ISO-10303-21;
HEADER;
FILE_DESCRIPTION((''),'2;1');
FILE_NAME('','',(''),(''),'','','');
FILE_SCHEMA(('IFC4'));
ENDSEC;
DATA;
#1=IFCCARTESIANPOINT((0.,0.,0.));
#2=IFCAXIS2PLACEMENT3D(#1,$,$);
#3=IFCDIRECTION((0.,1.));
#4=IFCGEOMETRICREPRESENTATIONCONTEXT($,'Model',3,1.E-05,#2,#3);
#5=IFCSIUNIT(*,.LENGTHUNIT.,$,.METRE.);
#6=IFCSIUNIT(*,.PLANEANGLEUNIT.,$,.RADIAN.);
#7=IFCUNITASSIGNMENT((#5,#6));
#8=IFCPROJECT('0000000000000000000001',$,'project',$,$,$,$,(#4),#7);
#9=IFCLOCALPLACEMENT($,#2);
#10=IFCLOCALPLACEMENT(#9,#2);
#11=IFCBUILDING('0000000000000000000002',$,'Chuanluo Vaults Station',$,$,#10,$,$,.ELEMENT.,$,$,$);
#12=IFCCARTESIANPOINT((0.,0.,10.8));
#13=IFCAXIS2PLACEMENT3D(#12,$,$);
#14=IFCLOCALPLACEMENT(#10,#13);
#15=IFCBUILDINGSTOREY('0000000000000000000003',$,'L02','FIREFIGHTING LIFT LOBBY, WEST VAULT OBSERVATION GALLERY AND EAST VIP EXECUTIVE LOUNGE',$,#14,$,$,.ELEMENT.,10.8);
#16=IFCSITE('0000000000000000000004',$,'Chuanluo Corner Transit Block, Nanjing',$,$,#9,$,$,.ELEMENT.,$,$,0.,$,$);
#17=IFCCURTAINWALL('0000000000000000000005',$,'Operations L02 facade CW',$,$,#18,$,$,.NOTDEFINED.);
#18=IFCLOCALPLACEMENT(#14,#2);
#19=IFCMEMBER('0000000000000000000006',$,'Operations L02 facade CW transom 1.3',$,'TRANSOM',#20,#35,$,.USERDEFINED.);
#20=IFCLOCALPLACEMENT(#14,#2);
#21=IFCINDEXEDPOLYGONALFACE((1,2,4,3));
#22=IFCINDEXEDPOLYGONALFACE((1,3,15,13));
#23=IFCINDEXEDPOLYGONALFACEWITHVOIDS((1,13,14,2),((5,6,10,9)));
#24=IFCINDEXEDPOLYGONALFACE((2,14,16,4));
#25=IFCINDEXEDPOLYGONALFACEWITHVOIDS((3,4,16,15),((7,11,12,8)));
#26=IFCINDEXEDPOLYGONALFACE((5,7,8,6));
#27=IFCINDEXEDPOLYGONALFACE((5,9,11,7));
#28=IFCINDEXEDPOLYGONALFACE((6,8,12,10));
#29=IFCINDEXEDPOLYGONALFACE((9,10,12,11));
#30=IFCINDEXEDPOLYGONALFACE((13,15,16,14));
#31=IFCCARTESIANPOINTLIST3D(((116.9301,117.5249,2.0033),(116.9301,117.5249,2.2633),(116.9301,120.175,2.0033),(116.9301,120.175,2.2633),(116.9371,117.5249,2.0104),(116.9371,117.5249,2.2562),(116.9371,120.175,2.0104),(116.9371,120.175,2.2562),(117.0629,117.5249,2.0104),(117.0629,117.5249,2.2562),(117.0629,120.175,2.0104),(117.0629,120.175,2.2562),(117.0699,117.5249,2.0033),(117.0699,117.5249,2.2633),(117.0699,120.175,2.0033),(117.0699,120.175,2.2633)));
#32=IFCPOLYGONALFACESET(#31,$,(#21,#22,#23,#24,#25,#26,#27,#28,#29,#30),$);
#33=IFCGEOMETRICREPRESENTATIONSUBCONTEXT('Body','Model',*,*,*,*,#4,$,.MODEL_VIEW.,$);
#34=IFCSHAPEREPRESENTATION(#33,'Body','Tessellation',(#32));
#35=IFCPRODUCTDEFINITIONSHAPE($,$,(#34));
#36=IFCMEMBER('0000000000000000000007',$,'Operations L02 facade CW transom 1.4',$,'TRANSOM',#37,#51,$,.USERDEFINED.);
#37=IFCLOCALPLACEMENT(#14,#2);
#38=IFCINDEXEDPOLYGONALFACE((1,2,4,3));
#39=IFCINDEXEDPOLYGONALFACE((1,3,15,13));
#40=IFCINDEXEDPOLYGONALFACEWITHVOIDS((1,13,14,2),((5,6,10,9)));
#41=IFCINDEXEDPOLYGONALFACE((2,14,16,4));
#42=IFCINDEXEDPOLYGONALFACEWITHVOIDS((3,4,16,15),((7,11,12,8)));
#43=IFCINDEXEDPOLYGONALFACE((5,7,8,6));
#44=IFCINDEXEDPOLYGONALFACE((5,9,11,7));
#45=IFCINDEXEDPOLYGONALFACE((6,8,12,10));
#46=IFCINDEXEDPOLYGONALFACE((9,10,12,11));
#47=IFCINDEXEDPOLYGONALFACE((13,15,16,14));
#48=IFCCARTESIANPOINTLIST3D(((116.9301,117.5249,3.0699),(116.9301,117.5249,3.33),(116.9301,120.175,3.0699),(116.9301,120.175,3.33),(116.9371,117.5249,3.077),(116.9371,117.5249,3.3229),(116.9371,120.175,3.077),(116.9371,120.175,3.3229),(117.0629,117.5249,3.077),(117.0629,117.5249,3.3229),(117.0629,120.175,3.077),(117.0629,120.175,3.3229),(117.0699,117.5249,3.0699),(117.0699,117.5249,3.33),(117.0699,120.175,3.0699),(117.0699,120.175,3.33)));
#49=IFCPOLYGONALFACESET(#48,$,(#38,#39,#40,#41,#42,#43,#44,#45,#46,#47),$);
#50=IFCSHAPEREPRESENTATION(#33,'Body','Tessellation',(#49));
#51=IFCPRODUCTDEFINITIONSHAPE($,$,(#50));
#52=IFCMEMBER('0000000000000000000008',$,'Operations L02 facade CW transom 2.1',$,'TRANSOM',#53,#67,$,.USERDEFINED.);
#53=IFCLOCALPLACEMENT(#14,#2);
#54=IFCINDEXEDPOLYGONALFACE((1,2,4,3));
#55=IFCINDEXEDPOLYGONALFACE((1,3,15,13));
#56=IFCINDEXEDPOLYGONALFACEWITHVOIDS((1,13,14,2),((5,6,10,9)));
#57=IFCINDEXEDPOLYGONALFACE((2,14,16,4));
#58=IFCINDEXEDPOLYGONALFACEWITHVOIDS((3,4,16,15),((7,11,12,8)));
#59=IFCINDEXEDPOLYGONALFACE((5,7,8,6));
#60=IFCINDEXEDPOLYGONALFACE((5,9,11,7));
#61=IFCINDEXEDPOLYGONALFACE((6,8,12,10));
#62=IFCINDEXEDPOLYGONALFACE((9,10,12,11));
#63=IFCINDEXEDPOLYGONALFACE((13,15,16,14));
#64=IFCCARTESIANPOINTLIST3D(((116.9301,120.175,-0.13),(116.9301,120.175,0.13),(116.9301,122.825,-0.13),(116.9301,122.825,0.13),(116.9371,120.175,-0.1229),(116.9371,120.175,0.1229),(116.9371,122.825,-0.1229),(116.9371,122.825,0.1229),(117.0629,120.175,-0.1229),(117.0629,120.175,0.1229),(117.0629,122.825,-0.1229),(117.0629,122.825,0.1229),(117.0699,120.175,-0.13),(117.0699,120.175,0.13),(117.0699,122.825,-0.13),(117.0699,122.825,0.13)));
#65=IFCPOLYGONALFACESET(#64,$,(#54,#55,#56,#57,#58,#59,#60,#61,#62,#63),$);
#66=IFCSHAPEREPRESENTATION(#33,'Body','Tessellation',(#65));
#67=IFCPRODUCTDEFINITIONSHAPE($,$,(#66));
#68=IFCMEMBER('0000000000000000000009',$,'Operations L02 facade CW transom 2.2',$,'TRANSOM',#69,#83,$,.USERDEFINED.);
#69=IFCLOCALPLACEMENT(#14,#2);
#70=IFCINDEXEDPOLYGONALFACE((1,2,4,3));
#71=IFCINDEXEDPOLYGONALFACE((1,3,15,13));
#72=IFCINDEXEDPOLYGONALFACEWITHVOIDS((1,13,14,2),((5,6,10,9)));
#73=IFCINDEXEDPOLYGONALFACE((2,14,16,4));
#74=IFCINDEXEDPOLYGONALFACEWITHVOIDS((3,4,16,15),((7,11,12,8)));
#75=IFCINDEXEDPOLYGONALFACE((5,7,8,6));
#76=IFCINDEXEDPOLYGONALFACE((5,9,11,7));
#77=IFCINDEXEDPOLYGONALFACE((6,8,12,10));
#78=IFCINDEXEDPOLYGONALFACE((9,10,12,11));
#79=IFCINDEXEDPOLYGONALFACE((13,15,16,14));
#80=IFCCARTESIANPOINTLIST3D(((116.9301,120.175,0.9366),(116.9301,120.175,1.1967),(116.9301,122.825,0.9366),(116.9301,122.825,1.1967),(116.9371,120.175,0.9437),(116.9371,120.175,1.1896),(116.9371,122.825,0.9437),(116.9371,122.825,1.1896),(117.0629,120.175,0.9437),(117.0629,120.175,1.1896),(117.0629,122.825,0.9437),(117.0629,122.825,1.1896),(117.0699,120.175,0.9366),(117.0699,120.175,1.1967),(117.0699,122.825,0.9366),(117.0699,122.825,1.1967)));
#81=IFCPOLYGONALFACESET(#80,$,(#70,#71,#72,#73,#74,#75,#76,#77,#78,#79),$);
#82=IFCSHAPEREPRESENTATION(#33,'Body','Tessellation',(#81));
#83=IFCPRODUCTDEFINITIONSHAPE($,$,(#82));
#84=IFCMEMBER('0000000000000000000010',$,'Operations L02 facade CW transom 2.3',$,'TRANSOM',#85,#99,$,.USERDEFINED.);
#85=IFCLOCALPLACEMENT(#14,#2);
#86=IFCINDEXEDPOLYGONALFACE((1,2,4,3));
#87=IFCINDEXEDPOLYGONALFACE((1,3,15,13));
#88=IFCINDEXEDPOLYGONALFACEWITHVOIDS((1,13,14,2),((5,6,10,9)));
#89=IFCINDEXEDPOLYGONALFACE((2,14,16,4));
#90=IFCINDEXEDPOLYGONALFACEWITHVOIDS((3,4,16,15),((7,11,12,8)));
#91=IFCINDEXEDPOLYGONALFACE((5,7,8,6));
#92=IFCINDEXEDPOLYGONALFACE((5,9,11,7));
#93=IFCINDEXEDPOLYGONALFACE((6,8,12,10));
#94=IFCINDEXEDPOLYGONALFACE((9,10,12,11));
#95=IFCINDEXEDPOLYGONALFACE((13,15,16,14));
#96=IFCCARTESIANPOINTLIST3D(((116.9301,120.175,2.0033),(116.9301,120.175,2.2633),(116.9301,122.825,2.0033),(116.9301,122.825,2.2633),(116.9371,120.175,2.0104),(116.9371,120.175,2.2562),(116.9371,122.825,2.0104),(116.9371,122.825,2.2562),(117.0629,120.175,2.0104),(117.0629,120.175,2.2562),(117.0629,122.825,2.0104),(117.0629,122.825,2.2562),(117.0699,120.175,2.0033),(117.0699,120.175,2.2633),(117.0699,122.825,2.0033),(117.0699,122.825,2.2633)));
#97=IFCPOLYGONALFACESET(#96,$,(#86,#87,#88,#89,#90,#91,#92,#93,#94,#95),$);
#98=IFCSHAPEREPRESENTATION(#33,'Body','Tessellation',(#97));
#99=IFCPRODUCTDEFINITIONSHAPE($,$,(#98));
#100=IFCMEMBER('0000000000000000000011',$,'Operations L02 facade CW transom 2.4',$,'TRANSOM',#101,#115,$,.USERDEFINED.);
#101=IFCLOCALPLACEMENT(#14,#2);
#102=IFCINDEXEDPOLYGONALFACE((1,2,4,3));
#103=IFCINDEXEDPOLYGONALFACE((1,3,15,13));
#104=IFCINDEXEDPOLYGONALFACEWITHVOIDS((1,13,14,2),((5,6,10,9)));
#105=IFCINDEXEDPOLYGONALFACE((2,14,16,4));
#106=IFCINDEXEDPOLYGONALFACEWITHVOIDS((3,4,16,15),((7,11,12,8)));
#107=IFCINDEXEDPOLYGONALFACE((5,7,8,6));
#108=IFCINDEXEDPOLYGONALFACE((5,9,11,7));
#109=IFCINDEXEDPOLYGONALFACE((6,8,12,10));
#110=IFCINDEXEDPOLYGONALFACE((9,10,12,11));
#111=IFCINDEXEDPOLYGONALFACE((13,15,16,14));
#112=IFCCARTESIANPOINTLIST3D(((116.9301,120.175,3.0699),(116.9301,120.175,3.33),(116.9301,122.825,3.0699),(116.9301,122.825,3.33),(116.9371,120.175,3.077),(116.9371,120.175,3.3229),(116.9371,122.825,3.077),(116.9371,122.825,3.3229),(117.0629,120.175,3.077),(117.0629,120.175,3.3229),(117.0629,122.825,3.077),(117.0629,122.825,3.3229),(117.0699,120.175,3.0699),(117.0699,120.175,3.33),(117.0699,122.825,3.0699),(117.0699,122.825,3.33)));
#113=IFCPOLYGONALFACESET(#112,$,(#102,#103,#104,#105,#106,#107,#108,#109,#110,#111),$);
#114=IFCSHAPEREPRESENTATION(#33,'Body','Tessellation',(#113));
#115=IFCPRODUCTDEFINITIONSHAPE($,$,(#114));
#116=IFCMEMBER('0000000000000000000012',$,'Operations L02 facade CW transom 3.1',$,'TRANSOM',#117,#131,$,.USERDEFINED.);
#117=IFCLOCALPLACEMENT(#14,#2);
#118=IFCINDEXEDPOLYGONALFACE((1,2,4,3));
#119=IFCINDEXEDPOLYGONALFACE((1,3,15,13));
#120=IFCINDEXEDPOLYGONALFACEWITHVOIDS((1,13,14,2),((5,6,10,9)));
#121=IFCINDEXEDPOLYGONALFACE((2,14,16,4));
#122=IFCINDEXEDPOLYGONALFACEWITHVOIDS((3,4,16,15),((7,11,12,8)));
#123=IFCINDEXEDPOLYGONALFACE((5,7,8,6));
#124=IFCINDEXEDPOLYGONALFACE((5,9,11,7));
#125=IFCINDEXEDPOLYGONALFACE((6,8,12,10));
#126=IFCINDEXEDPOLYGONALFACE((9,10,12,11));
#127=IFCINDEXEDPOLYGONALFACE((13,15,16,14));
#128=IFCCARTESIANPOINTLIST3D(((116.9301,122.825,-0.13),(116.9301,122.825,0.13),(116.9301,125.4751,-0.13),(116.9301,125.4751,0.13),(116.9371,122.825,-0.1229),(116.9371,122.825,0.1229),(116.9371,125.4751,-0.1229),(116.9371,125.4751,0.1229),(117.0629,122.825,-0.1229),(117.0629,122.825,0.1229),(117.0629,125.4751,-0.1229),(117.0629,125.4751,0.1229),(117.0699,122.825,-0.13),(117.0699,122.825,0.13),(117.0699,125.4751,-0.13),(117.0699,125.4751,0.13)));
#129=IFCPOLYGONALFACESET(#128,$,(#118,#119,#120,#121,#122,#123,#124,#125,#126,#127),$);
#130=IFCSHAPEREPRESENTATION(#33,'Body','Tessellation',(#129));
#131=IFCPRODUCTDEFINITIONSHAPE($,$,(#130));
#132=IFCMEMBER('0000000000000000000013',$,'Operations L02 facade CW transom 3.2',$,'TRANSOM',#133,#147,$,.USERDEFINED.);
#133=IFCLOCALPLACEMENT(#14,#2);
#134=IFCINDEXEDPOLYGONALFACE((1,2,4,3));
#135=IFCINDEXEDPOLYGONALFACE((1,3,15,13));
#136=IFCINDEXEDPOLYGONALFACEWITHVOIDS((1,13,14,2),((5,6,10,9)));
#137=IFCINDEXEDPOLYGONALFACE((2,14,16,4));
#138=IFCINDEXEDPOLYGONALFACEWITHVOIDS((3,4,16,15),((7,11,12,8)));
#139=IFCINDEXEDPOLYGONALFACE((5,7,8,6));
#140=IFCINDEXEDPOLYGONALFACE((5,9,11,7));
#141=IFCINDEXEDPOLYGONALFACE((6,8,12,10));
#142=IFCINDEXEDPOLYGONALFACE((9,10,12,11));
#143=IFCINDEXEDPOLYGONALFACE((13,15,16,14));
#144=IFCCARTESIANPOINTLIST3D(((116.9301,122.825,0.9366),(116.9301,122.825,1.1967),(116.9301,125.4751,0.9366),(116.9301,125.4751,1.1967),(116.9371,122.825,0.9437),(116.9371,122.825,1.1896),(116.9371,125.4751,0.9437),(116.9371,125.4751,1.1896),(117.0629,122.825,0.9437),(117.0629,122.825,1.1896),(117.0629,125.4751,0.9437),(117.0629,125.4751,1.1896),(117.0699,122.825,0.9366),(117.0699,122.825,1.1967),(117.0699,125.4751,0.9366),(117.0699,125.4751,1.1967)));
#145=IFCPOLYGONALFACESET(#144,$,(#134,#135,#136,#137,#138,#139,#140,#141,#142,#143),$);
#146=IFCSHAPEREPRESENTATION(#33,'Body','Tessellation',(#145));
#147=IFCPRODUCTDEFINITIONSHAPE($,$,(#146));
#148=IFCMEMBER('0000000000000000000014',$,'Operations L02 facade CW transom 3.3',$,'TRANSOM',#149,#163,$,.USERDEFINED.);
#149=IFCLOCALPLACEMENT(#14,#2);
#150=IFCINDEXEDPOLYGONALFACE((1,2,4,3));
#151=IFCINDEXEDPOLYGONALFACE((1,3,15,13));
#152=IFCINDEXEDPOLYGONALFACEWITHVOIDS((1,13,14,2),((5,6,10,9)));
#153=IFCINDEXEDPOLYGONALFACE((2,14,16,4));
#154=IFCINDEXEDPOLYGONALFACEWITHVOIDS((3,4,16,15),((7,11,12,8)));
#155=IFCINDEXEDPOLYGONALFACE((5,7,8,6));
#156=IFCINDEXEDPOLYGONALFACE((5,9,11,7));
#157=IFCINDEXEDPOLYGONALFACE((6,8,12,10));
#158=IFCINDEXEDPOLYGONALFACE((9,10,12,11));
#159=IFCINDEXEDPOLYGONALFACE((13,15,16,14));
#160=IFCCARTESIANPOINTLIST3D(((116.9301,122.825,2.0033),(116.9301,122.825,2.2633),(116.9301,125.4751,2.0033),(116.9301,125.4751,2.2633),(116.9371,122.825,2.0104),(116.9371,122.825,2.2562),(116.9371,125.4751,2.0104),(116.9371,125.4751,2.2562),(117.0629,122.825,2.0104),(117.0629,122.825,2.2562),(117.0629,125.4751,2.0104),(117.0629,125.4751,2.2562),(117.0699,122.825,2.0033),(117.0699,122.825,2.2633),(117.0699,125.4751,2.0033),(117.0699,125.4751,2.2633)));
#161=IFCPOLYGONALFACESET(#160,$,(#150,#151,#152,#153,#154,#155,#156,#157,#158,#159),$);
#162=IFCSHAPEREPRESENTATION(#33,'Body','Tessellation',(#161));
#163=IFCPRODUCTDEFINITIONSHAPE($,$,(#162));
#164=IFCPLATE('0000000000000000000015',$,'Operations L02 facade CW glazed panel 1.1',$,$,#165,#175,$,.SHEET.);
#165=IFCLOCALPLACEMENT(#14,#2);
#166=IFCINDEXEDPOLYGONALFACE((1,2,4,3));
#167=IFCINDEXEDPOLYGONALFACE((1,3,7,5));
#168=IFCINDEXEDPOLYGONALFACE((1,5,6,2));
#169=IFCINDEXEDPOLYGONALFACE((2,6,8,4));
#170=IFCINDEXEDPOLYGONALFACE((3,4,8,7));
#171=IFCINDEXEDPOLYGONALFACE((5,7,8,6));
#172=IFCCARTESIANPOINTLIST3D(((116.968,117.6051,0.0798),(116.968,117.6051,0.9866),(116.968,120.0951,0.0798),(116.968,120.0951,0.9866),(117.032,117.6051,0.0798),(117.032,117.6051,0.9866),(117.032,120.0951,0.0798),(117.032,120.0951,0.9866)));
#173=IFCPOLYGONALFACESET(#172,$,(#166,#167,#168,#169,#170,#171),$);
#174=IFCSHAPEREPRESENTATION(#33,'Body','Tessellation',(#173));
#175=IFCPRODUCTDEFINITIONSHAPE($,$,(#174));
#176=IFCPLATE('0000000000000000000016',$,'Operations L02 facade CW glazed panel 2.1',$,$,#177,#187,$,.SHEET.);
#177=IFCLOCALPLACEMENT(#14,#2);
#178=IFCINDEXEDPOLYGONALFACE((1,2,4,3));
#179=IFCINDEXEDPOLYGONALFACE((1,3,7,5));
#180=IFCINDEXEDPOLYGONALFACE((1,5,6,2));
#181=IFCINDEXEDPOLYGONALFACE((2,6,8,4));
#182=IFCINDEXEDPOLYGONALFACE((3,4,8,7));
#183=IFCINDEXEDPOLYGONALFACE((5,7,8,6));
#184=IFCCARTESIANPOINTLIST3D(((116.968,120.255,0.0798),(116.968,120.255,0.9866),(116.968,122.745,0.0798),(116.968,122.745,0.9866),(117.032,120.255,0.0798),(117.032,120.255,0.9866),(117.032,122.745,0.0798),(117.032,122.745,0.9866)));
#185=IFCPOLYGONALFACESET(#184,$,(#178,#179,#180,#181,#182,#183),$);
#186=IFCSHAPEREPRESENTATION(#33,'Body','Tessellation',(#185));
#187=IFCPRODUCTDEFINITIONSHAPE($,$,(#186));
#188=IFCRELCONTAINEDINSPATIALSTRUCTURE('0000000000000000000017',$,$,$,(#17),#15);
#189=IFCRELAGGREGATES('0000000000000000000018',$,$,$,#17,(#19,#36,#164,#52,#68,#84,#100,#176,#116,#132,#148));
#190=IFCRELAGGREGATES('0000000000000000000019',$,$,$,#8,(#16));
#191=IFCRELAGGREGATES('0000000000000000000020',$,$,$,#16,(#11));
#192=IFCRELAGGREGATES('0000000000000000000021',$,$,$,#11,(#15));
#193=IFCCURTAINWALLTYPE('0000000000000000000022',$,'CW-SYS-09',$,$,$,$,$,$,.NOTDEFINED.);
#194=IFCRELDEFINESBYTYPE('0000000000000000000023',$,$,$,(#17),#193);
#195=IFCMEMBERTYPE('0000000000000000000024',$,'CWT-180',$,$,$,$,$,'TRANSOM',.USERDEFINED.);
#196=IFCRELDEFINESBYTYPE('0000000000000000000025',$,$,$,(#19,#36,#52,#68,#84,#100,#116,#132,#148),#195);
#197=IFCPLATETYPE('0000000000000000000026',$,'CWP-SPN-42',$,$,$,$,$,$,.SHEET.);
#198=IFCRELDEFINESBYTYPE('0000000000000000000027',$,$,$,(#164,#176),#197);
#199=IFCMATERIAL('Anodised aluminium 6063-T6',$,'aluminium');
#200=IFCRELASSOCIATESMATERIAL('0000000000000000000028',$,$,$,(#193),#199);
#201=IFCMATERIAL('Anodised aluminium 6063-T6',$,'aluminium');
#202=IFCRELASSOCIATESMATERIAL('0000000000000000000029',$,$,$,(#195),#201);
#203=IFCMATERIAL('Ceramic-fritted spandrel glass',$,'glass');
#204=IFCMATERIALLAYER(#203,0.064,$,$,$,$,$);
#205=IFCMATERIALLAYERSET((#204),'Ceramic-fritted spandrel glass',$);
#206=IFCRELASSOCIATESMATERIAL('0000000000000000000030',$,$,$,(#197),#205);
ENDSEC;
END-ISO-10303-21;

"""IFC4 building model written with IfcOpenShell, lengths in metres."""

from ifc_helpers import new_model, si_unit, direction, frame, origin, origin_2d, place, context, subcontext, project, spatial, rectangle, hollow_rectangle, extrude, material, layer, layer_set, material_profile, profile_set, type_object, element, aggregate, save


model = new_model("IFC4")

# Units and contexts
model_context = context("Model", 3, precision=1e-05, world=origin(), true_north=direction((0.0, 1.0)))
body_context = subcontext(model_context, "Body", "Model", "MODEL_VIEW")
ifc_project = project(units=[si_unit("LENGTHUNIT", "METRE"), si_unit("PLANEANGLEUNIT", "RADIAN")], contexts=[model_context])

# Site, building, storey
site_placement = place(None, origin())
site = spatial("IfcSite", under=ifc_project, at=site_placement, Name="Chuanluo Corner Transit Block, Nanjing", CompositionType="ELEMENT", RefElevation=0.0)
building_placement = place(site_placement, origin())
building = spatial("IfcBuilding", under=site, at=building_placement, Name="Chuanluo Vaults Station", CompositionType="ELEMENT")
storey_placement = place(building_placement, frame((0.0, 0.0, 10.8)))
storey = spatial("IfcBuildingStorey", under=building, at=storey_placement, Name="L02", Description="FIREFIGHTING LIFT LOBBY, WEST VAULT OBSERVATION GALLERY AND EAST VIP EXECUTIVE LOUNGE", CompositionType="ELEMENT", Elevation=10.8)

# Curtain wall, members, plates
ifc_material_1 = material(Name="Anodised aluminium 6063-T6", Category="aluminium")
curtain_wall_type = type_object("IfcCurtainWallType", Name="CW-SYS-09", PredefinedType="NOTDEFINED", material=ifc_material_1)
curtain_wall_placement = place(storey_placement, origin())
curtain_wall = element("IfcCurtainWall", 1, at=curtain_wall_placement, inside=storey, type_object=curtain_wall_type, Name="Operations L02 facade CW", PredefinedType="NOTDEFINED")
ifc_material_2 = material(Name="Anodised aluminium 6063-T6", Category="aluminium")
ifc_material_profile_1 = material_profile(ifc_material_2, hollow_rectangle(XDim=0.1399, YDim=0.26, WallThickness=0.0071, at=origin_2d()))
ifc_profile_set_1 = profile_set([ifc_material_profile_1], Name="Anodised aluminium 6063-T6")
member_type_1 = type_object("IfcMemberType", Name="CWT-180", ElementType="TRANSOM", PredefinedType="USERDEFINED", material=ifc_profile_set_1)
member_1_placement = place(storey_placement, frame((117.0, 117.5249, 2.1333), z_axis=(0.0, 1.0, 0.0), x_axis=(-1.0, 0.0, 0.0)))
member_1 = element("IfcMember", 2, at=member_1_placement, type_object=member_type_1, Name="Operations L02 facade CW transom 1.3", ObjectType="TRANSOM", PredefinedType="USERDEFINED", context=body_context, shape_type="SweptSolid", body=[
    extrude(hollow_rectangle(XDim=0.1399, YDim=0.26, WallThickness=0.0071, at=origin_2d()), origin(), (0.0, 0.0, 1.0), 2.6501),
])
member_2_placement = place(storey_placement, frame((117.0, 117.5249, 3.2), z_axis=(0.0, 1.0, 0.0), x_axis=(-1.0, 0.0, 0.0)))
member_2 = element("IfcMember", 3, at=member_2_placement, type_object=member_type_1, Name="Operations L02 facade CW transom 1.4", ObjectType="TRANSOM", PredefinedType="USERDEFINED", context=body_context, shape_type="SweptSolid", body=[
    extrude(hollow_rectangle(XDim=0.1399, YDim=0.26, WallThickness=0.0071, at=origin_2d()), origin(), (0.0, 0.0, 1.0), 2.6501),
])
member_3_placement = place(storey_placement, frame((117.0, 120.175, 0.0), z_axis=(0.0, 1.0, 0.0), x_axis=(-1.0, 0.0, 0.0)))
member_3 = element("IfcMember", 4, at=member_3_placement, type_object=member_type_1, Name="Operations L02 facade CW transom 2.1", ObjectType="TRANSOM", PredefinedType="USERDEFINED", context=body_context, shape_type="SweptSolid", body=[
    extrude(hollow_rectangle(XDim=0.1399, YDim=0.26, WallThickness=0.0071, at=origin_2d()), origin(), (0.0, 0.0, 1.0), 2.6499),
])
member_4_placement = place(storey_placement, frame((117.0, 120.175, 1.0667), z_axis=(0.0, 1.0, 0.0), x_axis=(-1.0, 0.0, 0.0)))
member_4 = element("IfcMember", 5, at=member_4_placement, type_object=member_type_1, Name="Operations L02 facade CW transom 2.2", ObjectType="TRANSOM", PredefinedType="USERDEFINED", context=body_context, shape_type="SweptSolid", body=[
    extrude(hollow_rectangle(XDim=0.1399, YDim=0.26, WallThickness=0.0071, at=origin_2d()), origin(), (0.0, 0.0, 1.0), 2.6499),
])
member_5_placement = place(storey_placement, frame((117.0, 120.175, 2.1333), z_axis=(0.0, 1.0, 0.0), x_axis=(-1.0, 0.0, 0.0)))
member_5 = element("IfcMember", 6, at=member_5_placement, type_object=member_type_1, Name="Operations L02 facade CW transom 2.3", ObjectType="TRANSOM", PredefinedType="USERDEFINED", context=body_context, shape_type="SweptSolid", body=[
    extrude(hollow_rectangle(XDim=0.1399, YDim=0.26, WallThickness=0.0071, at=origin_2d()), origin(), (0.0, 0.0, 1.0), 2.6499),
])
member_6_placement = place(storey_placement, frame((117.0, 120.175, 3.2), z_axis=(0.0, 1.0, 0.0), x_axis=(-1.0, 0.0, 0.0)))
member_6 = element("IfcMember", 7, at=member_6_placement, type_object=member_type_1, Name="Operations L02 facade CW transom 2.4", ObjectType="TRANSOM", PredefinedType="USERDEFINED", context=body_context, shape_type="SweptSolid", body=[
    extrude(hollow_rectangle(XDim=0.1399, YDim=0.26, WallThickness=0.0071, at=origin_2d()), origin(), (0.0, 0.0, 1.0), 2.6499),
])
member_7_placement = place(storey_placement, frame((117.0, 122.825, 0.0), z_axis=(0.0, 1.0, 0.0), x_axis=(-1.0, 0.0, 0.0)))
member_7 = element("IfcMember", 8, at=member_7_placement, type_object=member_type_1, Name="Operations L02 facade CW transom 3.1", ObjectType="TRANSOM", PredefinedType="USERDEFINED", context=body_context, shape_type="SweptSolid", body=[
    extrude(hollow_rectangle(XDim=0.1399, YDim=0.26, WallThickness=0.0071, at=origin_2d()), origin(), (0.0, 0.0, 1.0), 2.6501),
])
member_8_placement = place(storey_placement, frame((117.0, 122.825, 1.0667), z_axis=(0.0, 1.0, 0.0), x_axis=(-1.0, 0.0, 0.0)))
member_8 = element("IfcMember", 9, at=member_8_placement, type_object=member_type_1, Name="Operations L02 facade CW transom 3.2", ObjectType="TRANSOM", PredefinedType="USERDEFINED", context=body_context, shape_type="SweptSolid", body=[
    extrude(hollow_rectangle(XDim=0.1399, YDim=0.26, WallThickness=0.0071, at=origin_2d()), origin(), (0.0, 0.0, 1.0), 2.6501),
])
member_9_placement = place(storey_placement, frame((117.0, 122.825, 2.1333), z_axis=(0.0, 1.0, 0.0), x_axis=(-1.0, 0.0, 0.0)))
member_9 = element("IfcMember", 10, at=member_9_placement, type_object=member_type_1, Name="Operations L02 facade CW transom 3.3", ObjectType="TRANSOM", PredefinedType="USERDEFINED", context=body_context, shape_type="SweptSolid", body=[
    extrude(hollow_rectangle(XDim=0.1399, YDim=0.26, WallThickness=0.0071, at=origin_2d()), origin(), (0.0, 0.0, 1.0), 2.6501),
])
ifc_material_3 = material(Name="Ceramic-fritted spandrel glass", Category="glass")
ifc_layer_1 = layer(ifc_material_3, 0.064)
ifc_layer_set_1 = layer_set([ifc_layer_1], Name="Ceramic-fritted spandrel glass")
plate_type_1 = type_object("IfcPlateType", Name="CWP-SPN-42", PredefinedType="SHEET", material=ifc_layer_set_1)
plate_1_placement = place(storey_placement, frame((117.0, 118.8501, 0.0798), z_axis=(0.0, 0.0, 1.0), x_axis=(0.0, 1.0, 0.0)))
plate_1 = element("IfcPlate", 11, at=plate_1_placement, type_object=plate_type_1, Name="Operations L02 facade CW glazed panel 1.1", PredefinedType="SHEET", context=body_context, shape_type="SweptSolid", body=[
    extrude(rectangle(XDim=2.49, YDim=0.064, at=origin_2d()), origin(), (0.0, 0.0, 1.0), 0.9067),
])
plate_2_placement = place(storey_placement, frame((117.0, 121.5, 0.0798), z_axis=(0.0, 0.0, 1.0), x_axis=(0.0, 1.0, 0.0)))
plate_2 = element("IfcPlate", 12, at=plate_2_placement, type_object=plate_type_1, Name="Operations L02 facade CW glazed panel 2.1", PredefinedType="SHEET", context=body_context, shape_type="SweptSolid", body=[
    extrude(rectangle(XDim=2.49, YDim=0.064, at=origin_2d()), origin(), (0.0, 0.0, 1.0), 0.9067),
])
aggregate(curtain_wall, [member_1, member_2, plate_1, member_3, member_4, member_5, member_6, plate_2, member_7, member_8, member_9])

save(model, "model.ifc")
